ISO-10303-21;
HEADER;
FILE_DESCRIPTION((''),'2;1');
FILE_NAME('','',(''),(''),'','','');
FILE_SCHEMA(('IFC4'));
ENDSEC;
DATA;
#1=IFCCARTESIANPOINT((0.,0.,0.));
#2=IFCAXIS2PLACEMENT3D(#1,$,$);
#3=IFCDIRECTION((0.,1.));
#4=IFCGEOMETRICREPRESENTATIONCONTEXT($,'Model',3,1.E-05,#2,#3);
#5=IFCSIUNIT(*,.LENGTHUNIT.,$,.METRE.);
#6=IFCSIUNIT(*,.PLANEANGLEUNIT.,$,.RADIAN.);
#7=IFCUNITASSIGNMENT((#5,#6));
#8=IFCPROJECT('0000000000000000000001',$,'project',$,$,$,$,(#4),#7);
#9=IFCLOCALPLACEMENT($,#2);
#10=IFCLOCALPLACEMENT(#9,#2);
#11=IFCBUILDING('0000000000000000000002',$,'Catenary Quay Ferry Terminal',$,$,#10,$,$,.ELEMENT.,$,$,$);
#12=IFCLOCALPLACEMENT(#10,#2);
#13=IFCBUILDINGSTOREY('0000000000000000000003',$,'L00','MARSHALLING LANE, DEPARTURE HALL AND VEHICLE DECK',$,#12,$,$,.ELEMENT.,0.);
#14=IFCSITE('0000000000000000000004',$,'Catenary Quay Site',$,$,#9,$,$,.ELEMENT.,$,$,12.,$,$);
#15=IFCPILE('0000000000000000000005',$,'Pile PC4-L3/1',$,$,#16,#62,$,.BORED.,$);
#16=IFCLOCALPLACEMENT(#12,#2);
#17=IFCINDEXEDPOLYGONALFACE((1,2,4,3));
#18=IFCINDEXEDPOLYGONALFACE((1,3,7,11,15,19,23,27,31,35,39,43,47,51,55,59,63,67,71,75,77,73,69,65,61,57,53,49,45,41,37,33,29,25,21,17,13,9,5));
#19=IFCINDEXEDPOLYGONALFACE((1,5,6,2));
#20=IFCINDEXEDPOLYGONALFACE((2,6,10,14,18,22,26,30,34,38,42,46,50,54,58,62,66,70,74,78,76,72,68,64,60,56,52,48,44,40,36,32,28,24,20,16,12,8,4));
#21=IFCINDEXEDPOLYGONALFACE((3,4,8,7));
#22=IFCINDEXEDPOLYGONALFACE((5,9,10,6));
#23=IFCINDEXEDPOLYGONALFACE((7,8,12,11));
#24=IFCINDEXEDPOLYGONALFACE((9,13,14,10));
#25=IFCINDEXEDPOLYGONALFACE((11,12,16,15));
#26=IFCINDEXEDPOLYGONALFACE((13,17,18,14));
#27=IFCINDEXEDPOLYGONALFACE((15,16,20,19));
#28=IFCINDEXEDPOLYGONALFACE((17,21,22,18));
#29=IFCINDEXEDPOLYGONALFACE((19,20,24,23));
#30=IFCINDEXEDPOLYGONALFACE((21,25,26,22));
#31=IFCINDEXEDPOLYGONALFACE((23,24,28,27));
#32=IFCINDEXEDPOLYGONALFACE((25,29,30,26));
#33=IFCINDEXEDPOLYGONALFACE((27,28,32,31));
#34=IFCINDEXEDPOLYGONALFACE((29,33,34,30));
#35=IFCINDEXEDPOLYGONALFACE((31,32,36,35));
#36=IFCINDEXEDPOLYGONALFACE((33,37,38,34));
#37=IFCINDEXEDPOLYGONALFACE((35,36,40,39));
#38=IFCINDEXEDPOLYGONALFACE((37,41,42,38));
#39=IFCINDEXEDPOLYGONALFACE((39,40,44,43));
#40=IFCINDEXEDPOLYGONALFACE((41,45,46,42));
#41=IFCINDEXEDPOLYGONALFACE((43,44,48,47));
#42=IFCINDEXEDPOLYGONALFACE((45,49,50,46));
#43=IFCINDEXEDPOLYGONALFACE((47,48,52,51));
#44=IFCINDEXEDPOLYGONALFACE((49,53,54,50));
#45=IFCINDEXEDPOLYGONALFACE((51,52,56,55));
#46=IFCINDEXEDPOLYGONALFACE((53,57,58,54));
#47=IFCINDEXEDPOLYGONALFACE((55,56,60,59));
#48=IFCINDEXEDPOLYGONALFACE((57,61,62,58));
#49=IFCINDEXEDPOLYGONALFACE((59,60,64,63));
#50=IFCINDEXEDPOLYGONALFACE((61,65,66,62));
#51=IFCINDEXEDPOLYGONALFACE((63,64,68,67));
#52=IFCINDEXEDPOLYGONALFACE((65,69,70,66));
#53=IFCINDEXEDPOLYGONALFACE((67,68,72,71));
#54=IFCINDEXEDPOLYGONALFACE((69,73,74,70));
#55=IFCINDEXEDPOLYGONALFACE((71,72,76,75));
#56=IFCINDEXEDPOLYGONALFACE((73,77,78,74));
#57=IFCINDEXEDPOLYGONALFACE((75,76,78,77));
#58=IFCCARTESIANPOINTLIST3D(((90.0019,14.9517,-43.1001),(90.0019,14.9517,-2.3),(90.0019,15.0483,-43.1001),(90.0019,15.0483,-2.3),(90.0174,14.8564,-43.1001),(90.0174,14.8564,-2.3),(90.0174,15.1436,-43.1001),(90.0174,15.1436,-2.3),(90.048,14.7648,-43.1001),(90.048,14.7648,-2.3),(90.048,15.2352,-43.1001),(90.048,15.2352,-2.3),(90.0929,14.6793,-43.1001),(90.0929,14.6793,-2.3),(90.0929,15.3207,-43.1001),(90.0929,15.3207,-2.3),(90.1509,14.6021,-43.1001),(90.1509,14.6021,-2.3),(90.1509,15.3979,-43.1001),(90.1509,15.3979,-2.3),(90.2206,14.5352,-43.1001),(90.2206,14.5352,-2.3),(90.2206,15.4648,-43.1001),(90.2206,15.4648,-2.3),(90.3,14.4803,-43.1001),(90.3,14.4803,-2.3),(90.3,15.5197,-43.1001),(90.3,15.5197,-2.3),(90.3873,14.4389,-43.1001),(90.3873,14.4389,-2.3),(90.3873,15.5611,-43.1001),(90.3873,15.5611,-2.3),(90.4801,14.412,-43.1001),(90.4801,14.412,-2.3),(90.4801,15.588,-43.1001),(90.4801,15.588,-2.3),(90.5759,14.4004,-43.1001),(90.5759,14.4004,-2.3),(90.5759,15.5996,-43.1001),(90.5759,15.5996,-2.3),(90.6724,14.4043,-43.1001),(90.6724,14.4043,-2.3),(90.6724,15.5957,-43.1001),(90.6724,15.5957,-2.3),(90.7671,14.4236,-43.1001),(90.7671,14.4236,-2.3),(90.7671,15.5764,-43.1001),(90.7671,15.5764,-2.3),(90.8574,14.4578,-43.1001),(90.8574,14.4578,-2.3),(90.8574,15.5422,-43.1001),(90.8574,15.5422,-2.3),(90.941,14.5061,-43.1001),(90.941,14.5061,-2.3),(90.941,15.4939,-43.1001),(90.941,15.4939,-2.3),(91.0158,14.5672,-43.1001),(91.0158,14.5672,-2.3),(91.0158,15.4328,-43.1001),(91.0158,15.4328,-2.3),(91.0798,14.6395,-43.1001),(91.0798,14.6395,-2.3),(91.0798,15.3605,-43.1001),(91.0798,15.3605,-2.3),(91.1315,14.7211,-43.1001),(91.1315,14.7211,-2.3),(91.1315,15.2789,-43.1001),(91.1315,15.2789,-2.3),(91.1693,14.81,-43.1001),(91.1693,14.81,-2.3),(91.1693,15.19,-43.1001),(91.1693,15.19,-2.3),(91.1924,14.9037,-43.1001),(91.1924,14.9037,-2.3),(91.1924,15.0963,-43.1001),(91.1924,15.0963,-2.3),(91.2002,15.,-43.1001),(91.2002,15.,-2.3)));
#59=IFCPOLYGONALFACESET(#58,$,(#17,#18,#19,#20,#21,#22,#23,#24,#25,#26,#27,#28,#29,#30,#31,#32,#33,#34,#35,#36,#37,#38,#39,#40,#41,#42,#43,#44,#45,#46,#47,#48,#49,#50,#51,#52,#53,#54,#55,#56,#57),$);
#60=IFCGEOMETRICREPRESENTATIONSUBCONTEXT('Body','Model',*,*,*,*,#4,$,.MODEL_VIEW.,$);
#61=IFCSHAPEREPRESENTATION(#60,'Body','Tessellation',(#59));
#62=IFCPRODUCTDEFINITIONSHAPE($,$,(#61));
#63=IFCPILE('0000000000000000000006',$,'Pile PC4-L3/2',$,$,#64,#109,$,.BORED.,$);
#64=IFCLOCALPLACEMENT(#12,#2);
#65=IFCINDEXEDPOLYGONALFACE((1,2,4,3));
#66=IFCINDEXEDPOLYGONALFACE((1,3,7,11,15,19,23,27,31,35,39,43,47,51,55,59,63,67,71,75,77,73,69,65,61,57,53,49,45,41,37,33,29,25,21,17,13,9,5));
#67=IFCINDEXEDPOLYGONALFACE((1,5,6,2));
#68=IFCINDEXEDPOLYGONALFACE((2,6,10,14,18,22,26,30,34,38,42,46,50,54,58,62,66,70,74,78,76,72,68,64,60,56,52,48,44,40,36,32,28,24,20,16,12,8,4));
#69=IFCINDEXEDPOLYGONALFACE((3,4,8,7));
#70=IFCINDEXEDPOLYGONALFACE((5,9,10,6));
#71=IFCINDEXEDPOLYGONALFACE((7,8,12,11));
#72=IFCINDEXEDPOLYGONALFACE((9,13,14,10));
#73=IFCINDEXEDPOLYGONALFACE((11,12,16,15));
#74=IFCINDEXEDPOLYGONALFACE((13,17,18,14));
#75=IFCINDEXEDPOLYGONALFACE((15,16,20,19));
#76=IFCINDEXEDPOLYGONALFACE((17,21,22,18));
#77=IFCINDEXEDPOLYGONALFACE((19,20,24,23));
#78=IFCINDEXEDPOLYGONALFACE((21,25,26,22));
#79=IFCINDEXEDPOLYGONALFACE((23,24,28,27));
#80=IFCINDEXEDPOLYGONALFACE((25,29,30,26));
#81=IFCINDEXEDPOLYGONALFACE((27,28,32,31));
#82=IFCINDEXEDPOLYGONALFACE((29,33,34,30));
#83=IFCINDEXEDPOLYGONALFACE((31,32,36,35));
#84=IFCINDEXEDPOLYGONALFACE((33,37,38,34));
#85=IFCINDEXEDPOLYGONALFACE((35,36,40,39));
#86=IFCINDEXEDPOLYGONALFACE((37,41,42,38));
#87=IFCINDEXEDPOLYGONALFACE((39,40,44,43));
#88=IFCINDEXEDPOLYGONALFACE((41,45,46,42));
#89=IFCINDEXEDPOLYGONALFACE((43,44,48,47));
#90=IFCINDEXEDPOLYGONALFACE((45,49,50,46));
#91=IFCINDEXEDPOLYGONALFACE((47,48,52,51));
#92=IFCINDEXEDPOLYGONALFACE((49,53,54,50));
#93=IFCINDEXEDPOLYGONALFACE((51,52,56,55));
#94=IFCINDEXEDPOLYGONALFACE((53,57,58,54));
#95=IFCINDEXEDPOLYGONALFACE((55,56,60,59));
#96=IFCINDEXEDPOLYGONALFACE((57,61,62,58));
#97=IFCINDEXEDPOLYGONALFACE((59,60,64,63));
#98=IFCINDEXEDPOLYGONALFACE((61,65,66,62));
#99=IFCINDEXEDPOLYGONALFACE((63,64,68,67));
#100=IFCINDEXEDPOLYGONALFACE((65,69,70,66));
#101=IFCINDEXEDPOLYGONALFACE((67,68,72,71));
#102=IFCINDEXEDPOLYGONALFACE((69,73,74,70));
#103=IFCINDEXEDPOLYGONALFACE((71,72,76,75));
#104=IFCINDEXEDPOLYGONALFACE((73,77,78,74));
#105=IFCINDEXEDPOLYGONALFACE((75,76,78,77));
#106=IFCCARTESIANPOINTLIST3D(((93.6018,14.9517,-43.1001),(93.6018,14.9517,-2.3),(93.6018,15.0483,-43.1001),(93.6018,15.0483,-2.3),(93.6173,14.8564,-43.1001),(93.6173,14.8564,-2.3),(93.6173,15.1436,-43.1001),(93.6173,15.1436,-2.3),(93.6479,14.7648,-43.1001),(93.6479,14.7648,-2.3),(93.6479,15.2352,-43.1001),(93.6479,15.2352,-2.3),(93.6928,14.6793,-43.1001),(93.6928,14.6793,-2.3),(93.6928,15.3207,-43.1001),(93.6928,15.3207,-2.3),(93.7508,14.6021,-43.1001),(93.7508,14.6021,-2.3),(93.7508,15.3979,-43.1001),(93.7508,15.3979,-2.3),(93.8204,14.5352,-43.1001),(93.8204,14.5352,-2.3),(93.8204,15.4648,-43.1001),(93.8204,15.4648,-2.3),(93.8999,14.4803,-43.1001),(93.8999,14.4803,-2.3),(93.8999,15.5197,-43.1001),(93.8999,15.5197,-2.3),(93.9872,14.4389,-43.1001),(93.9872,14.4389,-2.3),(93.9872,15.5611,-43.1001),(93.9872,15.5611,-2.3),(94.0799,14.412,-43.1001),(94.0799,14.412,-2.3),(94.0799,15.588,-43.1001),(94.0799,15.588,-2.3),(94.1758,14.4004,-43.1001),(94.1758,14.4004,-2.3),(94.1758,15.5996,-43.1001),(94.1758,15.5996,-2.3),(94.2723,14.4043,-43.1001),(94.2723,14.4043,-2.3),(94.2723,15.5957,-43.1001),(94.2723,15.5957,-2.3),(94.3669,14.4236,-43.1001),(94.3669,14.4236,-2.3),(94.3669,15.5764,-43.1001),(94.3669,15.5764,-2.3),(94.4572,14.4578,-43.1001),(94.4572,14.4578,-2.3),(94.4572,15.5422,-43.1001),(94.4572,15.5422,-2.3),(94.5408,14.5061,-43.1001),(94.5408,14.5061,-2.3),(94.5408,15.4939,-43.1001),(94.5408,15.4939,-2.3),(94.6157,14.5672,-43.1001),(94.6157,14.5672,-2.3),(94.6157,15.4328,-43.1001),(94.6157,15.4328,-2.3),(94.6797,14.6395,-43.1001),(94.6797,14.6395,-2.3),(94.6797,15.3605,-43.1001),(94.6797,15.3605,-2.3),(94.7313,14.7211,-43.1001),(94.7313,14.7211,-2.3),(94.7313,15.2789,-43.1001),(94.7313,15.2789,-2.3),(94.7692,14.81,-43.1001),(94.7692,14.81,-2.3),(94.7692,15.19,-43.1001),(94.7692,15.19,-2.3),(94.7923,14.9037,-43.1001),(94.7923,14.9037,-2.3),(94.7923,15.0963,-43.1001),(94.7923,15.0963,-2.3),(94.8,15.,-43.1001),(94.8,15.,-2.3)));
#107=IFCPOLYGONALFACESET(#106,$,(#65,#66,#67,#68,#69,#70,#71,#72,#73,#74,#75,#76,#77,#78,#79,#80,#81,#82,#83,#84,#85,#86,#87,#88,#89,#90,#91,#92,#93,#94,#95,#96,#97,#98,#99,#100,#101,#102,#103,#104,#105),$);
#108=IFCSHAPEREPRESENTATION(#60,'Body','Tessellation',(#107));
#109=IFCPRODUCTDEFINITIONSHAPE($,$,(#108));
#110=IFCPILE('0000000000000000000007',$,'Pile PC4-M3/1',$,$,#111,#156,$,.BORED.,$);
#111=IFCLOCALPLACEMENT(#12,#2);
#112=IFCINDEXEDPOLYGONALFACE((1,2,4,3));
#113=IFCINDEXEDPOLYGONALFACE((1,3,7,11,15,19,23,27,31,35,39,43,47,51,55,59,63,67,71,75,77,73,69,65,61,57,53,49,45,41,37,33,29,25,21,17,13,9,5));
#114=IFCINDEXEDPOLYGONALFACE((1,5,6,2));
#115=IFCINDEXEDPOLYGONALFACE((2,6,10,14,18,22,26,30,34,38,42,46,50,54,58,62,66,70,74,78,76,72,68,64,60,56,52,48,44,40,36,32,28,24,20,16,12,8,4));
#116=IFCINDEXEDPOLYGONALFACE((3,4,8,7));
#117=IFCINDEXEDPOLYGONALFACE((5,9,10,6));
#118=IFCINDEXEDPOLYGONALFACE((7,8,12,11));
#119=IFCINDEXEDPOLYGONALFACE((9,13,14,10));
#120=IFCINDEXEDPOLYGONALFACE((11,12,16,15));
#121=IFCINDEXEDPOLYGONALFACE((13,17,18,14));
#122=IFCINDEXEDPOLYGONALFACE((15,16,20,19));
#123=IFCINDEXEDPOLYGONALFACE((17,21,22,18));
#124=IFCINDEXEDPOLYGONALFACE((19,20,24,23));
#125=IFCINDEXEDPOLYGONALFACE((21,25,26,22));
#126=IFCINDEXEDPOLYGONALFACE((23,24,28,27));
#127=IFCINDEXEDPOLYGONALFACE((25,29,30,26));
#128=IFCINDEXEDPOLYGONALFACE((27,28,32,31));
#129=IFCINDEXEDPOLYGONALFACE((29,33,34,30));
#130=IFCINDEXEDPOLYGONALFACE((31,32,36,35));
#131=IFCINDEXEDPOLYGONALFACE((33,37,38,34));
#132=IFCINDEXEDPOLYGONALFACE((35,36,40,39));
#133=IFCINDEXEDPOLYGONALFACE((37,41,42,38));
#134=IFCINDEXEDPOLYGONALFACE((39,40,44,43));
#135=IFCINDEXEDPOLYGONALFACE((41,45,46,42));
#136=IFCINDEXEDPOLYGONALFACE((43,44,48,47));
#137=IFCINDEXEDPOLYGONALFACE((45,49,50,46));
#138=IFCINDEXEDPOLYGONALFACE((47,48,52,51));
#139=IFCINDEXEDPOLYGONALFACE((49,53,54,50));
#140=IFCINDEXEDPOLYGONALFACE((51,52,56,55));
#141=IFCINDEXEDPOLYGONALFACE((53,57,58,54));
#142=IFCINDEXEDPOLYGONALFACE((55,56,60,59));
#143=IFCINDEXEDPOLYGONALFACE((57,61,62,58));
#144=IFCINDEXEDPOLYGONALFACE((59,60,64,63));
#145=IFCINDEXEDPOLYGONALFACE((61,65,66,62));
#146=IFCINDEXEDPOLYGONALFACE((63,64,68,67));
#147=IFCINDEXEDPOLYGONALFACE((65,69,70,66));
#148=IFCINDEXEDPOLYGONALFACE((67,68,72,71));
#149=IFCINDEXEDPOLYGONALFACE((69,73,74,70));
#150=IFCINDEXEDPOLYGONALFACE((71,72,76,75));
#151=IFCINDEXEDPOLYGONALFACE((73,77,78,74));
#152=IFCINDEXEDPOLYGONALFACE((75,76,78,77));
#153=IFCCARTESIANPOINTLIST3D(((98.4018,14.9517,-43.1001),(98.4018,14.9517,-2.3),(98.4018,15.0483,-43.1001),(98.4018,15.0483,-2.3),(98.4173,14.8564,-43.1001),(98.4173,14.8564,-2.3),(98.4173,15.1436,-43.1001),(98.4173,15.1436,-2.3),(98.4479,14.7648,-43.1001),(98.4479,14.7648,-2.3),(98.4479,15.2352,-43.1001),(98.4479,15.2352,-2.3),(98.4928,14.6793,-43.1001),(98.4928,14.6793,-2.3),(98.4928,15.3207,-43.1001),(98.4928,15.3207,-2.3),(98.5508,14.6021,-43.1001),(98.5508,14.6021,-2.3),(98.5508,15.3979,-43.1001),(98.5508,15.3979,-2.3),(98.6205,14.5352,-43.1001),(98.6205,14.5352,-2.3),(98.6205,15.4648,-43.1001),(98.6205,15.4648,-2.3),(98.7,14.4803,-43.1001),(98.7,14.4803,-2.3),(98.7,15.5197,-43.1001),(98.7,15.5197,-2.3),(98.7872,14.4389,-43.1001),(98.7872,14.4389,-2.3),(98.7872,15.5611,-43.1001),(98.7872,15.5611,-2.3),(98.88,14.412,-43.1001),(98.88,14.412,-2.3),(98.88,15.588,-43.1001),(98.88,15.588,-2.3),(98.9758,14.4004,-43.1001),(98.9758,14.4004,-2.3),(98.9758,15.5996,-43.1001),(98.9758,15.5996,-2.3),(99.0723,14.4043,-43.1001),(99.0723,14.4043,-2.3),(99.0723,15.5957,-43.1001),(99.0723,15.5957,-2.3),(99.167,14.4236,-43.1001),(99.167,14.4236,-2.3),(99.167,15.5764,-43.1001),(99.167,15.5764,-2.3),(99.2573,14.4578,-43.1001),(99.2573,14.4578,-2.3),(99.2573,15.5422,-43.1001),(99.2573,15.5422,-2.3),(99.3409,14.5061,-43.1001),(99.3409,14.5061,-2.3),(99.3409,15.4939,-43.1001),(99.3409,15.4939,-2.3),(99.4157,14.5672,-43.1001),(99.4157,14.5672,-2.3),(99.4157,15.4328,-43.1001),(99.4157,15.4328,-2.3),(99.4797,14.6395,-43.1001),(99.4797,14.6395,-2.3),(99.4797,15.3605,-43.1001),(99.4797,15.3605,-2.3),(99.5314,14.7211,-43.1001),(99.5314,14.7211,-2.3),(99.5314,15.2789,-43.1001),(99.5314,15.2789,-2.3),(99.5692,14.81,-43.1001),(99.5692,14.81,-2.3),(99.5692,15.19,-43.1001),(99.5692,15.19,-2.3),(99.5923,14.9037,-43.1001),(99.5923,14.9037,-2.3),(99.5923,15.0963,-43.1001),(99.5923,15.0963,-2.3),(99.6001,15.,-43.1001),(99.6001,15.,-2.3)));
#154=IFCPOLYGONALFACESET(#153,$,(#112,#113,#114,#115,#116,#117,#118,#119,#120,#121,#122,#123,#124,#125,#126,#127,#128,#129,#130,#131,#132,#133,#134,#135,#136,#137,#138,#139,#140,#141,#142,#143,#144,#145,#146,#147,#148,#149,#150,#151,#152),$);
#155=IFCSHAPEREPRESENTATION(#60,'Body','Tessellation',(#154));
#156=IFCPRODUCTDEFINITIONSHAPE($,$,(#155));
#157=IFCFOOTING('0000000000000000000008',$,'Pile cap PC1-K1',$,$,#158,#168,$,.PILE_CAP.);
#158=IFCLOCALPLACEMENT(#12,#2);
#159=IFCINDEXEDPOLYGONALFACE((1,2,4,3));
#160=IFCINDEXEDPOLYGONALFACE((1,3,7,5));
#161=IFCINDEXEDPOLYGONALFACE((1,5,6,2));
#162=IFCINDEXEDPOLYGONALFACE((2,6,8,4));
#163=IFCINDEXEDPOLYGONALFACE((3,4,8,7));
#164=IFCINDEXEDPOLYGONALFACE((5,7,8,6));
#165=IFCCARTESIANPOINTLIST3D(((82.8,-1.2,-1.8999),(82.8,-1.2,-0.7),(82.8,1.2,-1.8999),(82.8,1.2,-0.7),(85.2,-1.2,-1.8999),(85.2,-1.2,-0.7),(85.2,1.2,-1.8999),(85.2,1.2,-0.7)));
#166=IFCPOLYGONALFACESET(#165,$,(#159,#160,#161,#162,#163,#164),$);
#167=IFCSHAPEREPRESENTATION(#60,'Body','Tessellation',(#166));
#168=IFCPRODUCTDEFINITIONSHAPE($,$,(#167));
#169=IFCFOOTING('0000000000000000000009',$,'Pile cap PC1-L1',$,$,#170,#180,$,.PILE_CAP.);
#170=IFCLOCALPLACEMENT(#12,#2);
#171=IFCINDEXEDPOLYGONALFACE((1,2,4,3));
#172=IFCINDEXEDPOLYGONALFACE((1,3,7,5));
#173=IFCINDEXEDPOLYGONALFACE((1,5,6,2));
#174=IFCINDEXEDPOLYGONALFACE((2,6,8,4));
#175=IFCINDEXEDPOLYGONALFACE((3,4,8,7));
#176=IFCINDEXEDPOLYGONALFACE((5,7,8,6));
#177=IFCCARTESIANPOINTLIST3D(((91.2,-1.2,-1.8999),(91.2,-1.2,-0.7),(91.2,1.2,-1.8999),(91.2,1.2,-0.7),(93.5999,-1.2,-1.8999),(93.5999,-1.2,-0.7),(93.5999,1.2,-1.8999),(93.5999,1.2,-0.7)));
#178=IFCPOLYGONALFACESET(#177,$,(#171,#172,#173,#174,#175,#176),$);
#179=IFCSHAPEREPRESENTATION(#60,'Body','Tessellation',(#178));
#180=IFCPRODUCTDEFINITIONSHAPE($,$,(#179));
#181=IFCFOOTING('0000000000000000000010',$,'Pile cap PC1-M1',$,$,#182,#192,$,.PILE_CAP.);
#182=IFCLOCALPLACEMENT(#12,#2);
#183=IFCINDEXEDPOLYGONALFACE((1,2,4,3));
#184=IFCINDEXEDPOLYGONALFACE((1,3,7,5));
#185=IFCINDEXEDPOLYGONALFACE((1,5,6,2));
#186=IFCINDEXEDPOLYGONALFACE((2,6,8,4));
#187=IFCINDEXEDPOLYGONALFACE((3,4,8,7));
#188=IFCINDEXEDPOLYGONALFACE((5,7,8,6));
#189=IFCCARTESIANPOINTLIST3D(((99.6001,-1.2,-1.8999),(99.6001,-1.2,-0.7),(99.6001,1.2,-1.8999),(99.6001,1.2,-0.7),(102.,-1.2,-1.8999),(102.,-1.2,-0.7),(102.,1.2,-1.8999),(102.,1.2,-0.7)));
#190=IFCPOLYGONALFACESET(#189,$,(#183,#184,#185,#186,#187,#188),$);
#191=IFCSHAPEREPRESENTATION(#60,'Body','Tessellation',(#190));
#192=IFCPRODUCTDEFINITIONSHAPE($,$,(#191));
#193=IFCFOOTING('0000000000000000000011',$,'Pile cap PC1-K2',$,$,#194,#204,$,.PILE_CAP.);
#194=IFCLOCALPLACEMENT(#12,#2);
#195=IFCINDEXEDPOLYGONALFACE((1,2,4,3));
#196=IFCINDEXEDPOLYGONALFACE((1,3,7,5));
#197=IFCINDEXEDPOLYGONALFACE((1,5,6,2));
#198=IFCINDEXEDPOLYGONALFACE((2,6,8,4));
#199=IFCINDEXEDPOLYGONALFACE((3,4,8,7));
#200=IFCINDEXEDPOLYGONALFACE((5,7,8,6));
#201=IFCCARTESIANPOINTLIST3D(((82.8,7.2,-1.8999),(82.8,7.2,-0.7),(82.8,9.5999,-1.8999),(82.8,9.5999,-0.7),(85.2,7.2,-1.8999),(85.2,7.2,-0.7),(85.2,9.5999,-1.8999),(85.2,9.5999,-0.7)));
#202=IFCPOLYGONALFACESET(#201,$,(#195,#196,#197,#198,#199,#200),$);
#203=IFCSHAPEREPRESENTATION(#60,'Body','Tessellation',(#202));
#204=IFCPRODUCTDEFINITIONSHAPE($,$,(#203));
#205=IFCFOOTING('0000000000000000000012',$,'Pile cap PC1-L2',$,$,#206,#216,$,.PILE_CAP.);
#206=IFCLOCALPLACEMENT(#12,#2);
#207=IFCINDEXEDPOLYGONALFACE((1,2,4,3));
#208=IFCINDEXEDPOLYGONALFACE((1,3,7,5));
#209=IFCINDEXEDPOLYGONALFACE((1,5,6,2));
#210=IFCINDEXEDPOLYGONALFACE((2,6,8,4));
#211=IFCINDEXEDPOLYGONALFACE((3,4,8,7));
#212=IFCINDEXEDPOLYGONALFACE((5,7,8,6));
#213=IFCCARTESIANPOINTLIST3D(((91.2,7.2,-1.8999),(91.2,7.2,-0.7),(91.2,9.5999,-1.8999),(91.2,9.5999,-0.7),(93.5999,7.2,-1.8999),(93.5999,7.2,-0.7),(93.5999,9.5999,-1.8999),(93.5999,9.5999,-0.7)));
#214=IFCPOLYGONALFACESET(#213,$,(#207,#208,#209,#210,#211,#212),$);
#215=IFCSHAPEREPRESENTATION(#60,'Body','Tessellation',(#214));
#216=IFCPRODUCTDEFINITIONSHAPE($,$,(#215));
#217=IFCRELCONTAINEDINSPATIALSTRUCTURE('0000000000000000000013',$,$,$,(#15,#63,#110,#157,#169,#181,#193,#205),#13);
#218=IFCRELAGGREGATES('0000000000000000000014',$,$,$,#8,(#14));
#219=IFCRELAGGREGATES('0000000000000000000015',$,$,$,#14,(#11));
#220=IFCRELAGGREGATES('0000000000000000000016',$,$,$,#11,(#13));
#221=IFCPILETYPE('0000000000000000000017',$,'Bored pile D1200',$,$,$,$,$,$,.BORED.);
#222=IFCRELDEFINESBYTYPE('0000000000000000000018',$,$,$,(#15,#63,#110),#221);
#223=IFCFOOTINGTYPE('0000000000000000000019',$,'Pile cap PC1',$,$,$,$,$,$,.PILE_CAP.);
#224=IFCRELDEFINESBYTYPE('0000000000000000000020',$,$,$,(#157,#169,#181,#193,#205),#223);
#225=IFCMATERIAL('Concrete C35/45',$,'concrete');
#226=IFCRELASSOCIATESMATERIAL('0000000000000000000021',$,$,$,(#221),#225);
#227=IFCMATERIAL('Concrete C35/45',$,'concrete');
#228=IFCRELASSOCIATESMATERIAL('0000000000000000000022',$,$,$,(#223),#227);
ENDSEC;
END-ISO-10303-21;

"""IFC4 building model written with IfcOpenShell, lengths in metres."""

from ifc_helpers import new_model, si_unit, direction, frame, origin, origin_2d, place, context, subcontext, project, spatial, rectangle, circle, extrude, material, material_profile, profile_set, type_object, element, save


model = new_model("IFC4")

# Units and contexts
model_context = context("Model", 3, precision=1e-05, world=origin(), true_north=direction((0.0, 1.0)))
body_context = subcontext(model_context, "Body", "Model", "MODEL_VIEW")
ifc_project = project(units=[si_unit("LENGTHUNIT", "METRE"), si_unit("PLANEANGLEUNIT", "RADIAN")], contexts=[model_context])

# Site, building, storey
site_placement = place(None, origin())
site = spatial("IfcSite", under=ifc_project, at=site_placement, Name="Catenary Quay Site", CompositionType="ELEMENT", RefElevation=12.0)
building_placement = place(site_placement, origin())
building = spatial("IfcBuilding", under=site, at=building_placement, Name="Catenary Quay Ferry Terminal", CompositionType="ELEMENT")
storey_placement = place(building_placement, origin())
storey = spatial("IfcBuildingStorey", under=building, at=storey_placement, Name="L00", Description="MARSHALLING LANE, DEPARTURE HALL AND VEHICLE DECK", CompositionType="ELEMENT", Elevation=0.0)

# Piles
ifc_material_1 = material(Name="Concrete C35/45", Category="concrete")
ifc_material_profile_1 = material_profile(ifc_material_1, circle(Radius=0.6001, at=origin_2d()), Name="D1200")
ifc_profile_set_1 = profile_set([ifc_material_profile_1], Name="Concrete C35/45")
pile_type = type_object("IfcPileType", Name="Bored pile D1200", PredefinedType="BORED", material=ifc_profile_set_1)
for number, where, z_axis, x_axis, name in (
    (1, (90.6001, 15.0, -2.3), (0.0, 0.0, -1.0), (1.0, 0.0, 0.0), "Pile PC4-L3/1"),
    (2, (94.2, 15.0, -2.3), (0.0, 0.0, -1.0), (1.0, 0.0, 0.0), "Pile PC4-L3/2"),
    (3, (99.0, 15.0, -2.3), (0.0, 0.0, -1.0), (1.0, 0.0, 0.0), "Pile PC4-M3/1"),
):
    element("IfcPile", number, at=place(storey_placement, frame(where, z_axis=z_axis, x_axis=x_axis)), inside=storey, type_object=pile_type, Name=name, PredefinedType="BORED", context=body_context, shape_type="SweptSolid", body=[
        extrude(circle(Radius=0.6001, at=origin_2d()), origin(), (0.0, 0.0, 1.0), 40.8),
    ])

# Footings
ifc_material_2 = material(Name="Concrete C35/45", Category="concrete")
footing_type_1 = type_object("IfcFootingType", Name="Pile cap PC1", PredefinedType="PILE_CAP", material=ifc_material_2)
for number, where, z_axis, x_axis, name in (
    (4, (84.0, 0.0, -1.8999), (0.0, 0.0, 1.0), (1.0, 0.0, 0.0), "Pile cap PC1-K1"),
    (5, (92.3999, 0.0, -1.8999), (0.0, 0.0, 1.0), (1.0, 0.0, 0.0), "Pile cap PC1-L1"),
    (6, (100.8, 0.0, -1.8999), (0.0, 0.0, 1.0), (1.0, 0.0, 0.0), "Pile cap PC1-M1"),
    (7, (84.0, 8.3999, -1.8999), (0.0, 0.0, 1.0), (1.0, 0.0, 0.0), "Pile cap PC1-K2"),
    (8, (92.3999, 8.3999, -1.8999), (0.0, 0.0, 1.0), (1.0, 0.0, 0.0), "Pile cap PC1-L2"),
):
    element("IfcFooting", number, at=place(storey_placement, frame(where, z_axis=z_axis, x_axis=x_axis)), inside=storey, type_object=footing_type_1, Name=name, PredefinedType="PILE_CAP", context=body_context, shape_type="SweptSolid", body=[
        extrude(rectangle(XDim=2.3999, YDim=2.3999, at=origin_2d()), origin(), (0.0, 0.0, 1.0), 1.2),
    ])

save(model, "model.ifc")
